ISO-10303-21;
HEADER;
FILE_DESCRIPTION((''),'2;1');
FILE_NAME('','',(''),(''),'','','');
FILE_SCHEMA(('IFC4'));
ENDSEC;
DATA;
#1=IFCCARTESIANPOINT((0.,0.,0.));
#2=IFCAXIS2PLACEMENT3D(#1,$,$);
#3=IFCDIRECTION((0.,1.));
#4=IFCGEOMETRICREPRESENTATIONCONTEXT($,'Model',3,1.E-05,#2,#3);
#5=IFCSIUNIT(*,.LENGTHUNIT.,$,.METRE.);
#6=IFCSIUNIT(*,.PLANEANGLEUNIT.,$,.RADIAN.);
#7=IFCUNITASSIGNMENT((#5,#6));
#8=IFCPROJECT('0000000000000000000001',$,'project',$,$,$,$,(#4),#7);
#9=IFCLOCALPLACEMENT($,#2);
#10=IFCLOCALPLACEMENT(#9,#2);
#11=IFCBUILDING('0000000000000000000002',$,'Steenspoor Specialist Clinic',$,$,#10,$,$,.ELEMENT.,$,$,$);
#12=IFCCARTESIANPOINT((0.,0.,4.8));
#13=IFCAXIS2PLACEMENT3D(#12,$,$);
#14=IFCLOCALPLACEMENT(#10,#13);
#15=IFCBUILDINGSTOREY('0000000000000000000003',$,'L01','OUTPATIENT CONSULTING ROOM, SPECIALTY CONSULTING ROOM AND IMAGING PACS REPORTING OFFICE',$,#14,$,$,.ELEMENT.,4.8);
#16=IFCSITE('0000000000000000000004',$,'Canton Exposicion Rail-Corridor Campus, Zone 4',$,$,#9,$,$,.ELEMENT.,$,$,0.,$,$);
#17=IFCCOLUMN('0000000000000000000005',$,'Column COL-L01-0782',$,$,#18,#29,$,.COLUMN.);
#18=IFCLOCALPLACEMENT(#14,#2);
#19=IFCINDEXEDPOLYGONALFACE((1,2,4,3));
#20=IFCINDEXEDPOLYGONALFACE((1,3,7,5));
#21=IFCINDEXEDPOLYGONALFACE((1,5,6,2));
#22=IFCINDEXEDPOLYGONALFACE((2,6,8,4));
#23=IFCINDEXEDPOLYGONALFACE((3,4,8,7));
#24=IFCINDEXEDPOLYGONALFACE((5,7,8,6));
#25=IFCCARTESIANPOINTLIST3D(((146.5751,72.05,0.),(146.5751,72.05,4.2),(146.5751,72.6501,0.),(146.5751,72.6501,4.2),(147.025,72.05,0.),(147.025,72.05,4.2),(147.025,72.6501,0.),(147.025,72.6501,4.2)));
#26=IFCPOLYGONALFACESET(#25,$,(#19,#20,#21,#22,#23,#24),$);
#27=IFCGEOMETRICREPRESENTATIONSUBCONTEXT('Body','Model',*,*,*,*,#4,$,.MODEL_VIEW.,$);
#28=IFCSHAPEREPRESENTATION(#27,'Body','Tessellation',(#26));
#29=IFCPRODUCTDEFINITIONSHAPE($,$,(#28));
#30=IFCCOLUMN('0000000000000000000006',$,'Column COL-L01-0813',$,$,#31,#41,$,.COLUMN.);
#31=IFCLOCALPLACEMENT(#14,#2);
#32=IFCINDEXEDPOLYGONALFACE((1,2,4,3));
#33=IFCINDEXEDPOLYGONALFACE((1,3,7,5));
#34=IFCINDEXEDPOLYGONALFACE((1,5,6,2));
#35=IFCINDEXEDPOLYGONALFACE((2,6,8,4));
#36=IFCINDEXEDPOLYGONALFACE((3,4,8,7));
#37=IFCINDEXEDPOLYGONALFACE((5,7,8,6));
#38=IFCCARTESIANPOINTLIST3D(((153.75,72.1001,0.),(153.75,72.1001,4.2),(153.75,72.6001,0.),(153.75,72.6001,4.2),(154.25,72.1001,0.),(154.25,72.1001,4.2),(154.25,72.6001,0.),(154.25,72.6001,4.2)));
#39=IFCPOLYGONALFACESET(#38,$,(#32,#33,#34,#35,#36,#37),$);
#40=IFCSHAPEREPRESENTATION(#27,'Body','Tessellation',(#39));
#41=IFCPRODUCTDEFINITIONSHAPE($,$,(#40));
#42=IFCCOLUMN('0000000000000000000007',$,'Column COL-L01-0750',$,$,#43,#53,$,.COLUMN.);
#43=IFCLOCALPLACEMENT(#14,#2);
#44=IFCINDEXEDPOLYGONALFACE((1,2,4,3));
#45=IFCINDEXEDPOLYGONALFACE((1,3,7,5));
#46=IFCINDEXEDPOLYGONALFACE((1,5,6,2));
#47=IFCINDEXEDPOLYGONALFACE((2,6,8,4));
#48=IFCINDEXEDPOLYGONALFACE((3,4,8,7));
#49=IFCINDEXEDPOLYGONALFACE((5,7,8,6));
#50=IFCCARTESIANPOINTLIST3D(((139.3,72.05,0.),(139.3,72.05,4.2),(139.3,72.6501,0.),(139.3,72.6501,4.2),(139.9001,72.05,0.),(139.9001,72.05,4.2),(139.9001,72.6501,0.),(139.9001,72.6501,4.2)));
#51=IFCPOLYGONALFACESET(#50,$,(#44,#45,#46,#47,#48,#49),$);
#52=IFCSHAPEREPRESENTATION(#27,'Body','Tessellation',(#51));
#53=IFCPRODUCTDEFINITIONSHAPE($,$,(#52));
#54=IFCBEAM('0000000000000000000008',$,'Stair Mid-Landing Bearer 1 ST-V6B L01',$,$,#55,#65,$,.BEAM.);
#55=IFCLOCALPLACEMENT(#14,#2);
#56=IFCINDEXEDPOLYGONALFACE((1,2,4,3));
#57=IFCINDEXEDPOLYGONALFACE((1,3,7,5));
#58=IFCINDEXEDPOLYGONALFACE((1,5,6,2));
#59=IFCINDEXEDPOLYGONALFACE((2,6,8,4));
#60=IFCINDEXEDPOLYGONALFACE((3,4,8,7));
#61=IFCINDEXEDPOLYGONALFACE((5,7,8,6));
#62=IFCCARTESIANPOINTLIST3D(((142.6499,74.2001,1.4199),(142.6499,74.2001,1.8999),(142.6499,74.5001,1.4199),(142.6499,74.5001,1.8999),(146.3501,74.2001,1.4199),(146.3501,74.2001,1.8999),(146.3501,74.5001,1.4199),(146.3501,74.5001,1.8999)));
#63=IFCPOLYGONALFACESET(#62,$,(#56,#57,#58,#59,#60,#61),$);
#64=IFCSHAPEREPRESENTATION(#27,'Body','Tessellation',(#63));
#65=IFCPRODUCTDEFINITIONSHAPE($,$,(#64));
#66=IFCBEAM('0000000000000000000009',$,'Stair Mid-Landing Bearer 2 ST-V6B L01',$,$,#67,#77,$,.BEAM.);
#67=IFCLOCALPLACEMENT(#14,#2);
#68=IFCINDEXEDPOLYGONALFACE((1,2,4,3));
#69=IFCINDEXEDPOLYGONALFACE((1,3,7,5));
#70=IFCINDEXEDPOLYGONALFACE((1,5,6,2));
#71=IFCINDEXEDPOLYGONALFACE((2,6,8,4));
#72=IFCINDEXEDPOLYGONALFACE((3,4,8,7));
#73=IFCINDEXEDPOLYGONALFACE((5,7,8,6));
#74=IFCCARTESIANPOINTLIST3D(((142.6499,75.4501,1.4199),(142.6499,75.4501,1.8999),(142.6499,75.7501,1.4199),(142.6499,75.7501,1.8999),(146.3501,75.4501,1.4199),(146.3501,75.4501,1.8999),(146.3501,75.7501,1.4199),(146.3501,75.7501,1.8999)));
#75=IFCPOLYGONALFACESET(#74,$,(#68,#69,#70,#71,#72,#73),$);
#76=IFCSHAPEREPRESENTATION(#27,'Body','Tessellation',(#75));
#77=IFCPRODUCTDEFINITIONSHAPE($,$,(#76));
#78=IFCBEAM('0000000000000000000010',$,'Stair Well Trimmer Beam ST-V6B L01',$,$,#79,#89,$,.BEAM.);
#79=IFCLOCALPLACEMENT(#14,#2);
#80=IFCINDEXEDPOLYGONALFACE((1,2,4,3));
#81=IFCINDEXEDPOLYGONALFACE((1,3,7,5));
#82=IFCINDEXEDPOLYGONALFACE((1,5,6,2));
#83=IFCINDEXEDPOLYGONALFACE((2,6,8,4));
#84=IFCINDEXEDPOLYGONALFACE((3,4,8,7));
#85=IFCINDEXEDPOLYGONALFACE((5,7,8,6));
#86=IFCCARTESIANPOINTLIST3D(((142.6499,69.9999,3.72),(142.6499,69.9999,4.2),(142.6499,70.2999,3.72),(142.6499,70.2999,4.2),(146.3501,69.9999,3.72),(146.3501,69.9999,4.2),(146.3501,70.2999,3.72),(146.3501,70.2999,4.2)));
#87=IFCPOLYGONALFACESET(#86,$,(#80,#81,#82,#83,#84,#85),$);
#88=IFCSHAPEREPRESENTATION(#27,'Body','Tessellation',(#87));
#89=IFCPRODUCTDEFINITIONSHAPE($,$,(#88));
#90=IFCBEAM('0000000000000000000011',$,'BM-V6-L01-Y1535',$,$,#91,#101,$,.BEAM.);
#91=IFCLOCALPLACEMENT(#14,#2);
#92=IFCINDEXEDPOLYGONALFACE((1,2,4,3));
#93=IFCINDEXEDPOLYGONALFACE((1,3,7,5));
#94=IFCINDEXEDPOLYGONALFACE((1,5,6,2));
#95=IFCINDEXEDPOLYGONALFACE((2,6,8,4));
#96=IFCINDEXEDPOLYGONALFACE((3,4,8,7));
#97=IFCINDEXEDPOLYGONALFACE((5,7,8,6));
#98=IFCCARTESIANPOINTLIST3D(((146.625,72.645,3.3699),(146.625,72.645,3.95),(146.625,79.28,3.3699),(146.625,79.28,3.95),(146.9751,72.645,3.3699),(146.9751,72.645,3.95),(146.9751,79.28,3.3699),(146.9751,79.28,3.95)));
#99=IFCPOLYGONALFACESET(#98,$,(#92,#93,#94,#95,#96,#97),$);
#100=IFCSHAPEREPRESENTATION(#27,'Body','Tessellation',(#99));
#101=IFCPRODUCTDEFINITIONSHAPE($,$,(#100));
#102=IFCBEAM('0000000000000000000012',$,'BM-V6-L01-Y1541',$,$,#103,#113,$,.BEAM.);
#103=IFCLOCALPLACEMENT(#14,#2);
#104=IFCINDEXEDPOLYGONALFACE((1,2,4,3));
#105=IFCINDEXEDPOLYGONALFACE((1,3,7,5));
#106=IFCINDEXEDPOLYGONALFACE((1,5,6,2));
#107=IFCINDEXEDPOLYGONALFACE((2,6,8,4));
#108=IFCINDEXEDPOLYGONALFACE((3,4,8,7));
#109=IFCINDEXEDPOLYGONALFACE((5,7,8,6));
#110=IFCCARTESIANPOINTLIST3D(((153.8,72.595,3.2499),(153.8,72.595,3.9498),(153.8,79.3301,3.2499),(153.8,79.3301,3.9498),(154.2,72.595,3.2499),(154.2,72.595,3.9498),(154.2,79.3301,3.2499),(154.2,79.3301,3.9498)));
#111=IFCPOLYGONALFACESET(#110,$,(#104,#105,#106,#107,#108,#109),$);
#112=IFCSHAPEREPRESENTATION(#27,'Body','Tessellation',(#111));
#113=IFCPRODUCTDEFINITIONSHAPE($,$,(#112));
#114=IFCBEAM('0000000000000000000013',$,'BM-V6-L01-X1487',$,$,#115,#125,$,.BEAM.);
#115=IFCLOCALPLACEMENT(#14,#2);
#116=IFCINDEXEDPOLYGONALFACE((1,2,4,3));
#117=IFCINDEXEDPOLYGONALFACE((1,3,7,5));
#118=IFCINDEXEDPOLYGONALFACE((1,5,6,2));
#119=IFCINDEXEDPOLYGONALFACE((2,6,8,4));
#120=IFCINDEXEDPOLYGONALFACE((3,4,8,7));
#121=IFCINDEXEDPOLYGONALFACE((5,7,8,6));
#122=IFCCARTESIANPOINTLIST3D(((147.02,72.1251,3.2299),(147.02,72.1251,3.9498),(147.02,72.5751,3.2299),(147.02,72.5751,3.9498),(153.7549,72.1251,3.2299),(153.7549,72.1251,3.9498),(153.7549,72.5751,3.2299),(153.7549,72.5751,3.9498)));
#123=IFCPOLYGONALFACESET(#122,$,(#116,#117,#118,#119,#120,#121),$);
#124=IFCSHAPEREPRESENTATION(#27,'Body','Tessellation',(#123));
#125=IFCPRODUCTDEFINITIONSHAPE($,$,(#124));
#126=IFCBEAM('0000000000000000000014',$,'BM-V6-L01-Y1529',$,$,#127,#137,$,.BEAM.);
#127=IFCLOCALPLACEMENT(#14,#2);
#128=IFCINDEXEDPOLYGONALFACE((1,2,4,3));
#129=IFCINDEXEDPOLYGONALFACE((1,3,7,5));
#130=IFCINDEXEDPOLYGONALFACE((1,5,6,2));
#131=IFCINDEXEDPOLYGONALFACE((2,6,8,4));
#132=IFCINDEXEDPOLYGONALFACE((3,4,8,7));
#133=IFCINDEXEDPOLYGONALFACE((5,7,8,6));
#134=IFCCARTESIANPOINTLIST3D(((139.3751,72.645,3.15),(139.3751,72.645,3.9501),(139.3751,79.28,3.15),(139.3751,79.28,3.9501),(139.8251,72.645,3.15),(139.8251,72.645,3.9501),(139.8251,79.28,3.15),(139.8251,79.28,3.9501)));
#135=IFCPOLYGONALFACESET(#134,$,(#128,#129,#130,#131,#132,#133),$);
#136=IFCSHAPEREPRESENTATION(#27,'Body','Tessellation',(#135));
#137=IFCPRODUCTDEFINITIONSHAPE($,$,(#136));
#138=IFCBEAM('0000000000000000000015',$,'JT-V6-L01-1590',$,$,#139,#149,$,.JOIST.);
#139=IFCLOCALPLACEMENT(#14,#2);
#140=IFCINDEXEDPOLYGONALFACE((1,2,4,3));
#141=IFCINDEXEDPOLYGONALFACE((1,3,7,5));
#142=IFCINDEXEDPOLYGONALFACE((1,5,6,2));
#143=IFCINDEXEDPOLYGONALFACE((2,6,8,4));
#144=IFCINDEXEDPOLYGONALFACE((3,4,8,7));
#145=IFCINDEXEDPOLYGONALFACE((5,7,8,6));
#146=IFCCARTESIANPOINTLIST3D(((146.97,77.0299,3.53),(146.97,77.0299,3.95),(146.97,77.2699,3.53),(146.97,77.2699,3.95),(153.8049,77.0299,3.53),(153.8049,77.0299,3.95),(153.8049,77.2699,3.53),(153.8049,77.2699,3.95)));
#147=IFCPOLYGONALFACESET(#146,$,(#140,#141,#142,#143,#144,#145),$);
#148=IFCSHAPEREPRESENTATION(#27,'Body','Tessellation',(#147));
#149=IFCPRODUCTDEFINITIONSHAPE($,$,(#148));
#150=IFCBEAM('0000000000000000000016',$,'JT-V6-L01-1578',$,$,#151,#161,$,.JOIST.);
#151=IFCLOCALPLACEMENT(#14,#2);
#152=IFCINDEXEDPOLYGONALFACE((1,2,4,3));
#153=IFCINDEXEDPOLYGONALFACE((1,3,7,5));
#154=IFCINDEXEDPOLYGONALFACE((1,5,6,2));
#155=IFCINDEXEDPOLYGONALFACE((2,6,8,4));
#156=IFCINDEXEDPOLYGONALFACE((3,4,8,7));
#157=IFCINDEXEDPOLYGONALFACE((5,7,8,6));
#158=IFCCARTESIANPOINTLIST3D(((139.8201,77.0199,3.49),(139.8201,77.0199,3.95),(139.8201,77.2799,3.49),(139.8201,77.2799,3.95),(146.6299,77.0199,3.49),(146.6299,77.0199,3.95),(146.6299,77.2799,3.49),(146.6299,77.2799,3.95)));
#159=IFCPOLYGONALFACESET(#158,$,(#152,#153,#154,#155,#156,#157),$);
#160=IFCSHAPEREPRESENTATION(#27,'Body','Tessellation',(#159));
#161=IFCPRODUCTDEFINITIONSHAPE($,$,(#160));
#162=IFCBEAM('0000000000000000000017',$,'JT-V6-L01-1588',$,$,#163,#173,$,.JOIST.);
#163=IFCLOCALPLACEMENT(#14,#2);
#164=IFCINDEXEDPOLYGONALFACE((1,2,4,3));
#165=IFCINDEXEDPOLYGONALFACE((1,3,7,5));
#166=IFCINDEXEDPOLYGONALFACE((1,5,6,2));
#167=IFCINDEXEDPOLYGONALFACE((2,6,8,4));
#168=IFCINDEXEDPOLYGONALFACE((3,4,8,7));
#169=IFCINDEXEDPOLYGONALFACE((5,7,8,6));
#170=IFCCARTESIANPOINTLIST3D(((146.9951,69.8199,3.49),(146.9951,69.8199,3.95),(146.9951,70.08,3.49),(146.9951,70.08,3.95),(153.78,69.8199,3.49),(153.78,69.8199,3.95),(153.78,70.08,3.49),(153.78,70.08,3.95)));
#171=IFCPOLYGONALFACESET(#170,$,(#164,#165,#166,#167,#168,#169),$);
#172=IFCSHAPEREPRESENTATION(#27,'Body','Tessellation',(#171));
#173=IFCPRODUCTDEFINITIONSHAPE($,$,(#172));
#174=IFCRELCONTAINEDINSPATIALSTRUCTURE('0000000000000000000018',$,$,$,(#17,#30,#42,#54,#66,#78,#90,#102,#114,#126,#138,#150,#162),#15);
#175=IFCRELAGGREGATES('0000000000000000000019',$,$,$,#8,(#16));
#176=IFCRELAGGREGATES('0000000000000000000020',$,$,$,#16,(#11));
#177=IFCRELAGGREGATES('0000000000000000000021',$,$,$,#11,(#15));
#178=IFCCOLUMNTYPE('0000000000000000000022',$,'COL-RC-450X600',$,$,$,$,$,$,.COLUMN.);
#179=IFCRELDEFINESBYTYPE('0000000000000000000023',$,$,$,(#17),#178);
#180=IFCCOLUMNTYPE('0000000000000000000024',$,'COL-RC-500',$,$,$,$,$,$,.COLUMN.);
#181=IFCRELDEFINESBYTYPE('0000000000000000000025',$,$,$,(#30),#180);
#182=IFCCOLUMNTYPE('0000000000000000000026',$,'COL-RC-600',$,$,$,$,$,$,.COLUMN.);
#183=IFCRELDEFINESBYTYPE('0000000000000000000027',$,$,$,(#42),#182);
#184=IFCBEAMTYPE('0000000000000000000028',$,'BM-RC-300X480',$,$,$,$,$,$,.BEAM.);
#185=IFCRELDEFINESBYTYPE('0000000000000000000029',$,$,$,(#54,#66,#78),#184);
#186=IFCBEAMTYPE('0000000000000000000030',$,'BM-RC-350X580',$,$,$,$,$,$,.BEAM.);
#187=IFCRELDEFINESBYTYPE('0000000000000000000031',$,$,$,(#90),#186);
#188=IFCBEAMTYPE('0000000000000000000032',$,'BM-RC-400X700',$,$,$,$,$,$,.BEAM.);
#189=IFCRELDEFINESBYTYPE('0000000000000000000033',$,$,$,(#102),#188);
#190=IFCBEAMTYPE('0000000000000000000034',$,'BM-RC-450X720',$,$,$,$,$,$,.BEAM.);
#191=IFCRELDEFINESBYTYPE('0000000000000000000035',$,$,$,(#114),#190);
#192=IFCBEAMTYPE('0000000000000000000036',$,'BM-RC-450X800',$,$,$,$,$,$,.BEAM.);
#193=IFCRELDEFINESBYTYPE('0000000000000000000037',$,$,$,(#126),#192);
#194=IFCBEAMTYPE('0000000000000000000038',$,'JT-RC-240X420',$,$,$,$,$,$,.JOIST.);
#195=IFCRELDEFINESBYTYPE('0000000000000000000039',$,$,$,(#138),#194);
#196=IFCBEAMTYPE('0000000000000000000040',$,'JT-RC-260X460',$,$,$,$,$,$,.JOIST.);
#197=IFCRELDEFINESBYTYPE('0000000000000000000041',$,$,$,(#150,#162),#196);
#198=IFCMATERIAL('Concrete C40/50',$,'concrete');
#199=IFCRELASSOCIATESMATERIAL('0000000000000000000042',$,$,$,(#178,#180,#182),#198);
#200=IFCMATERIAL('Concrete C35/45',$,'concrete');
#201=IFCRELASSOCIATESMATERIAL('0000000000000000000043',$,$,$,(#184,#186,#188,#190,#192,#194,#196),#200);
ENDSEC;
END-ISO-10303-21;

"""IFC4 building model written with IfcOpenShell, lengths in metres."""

from ifc_helpers import new_model, si_unit, direction, frame, origin, origin_2d, place, context, subcontext, project, spatial, rectangle, extrude, material, material_profile, profile_set, type_object, element, save


model = new_model("IFC4")

# Units and contexts
model_context = context("Model", 3, precision=1e-05, world=origin(), true_north=direction((0.0, 1.0)))
body_context = subcontext(model_context, "Body", "Model", "MODEL_VIEW")
ifc_project = project(units=[si_unit("LENGTHUNIT", "METRE"), si_unit("PLANEANGLEUNIT", "RADIAN")], contexts=[model_context])

# Site, building, storey
site_placement = place(None, origin())
site = spatial("IfcSite", under=ifc_project, at=site_placement, Name="Canton Exposicion Rail-Corridor Campus, Zone 4", CompositionType="ELEMENT", RefElevation=0.0)
building_placement = place(site_placement, origin())
building = spatial("IfcBuilding", under=site, at=building_placement, Name="Steenspoor Specialist Clinic", CompositionType="ELEMENT")
storey_placement = place(building_placement, frame((0.0, 0.0, 4.8)))
storey = spatial("IfcBuildingStorey", under=building, at=storey_placement, Name="L01", Description="OUTPATIENT CONSULTING ROOM, SPECIALTY CONSULTING ROOM AND IMAGING PACS REPORTING OFFICE", CompositionType="ELEMENT", Elevation=4.8)

# Columns
ifc_material_1 = material(Name="Concrete C40/50", Category="concrete")
ifc_material_profile_1 = material_profile(ifc_material_1, rectangle(XDim=0.45, YDim=0.6001, at=origin_2d()), Name="RC-COL-450X600")
ifc_profile_set_1 = profile_set([ifc_material_profile_1], Name="Concrete C40/50")
column_type_1 = type_object("IfcColumnType", Name="COL-RC-450X600", PredefinedType="COLUMN", material=ifc_profile_set_1)
column_1_placement = place(storey_placement, frame((146.8, 72.3501, 0.0), z_axis=(0.0, 0.0, 1.0), x_axis=(1.0, 0.0, 0.0)))
element("IfcColumn", 1, at=column_1_placement, inside=storey, type_object=column_type_1, Name="Column COL-L01-0782", PredefinedType="COLUMN", context=body_context, shape_type="SweptSolid", body=[
    extrude(rectangle(XDim=0.45, YDim=0.6001, at=origin_2d()), origin(), (0.0, 0.0, 1.0), 4.2),
])
ifc_material_profile_2 = material_profile(ifc_material_1, rectangle(XDim=0.5, YDim=0.5, at=origin_2d()), Name="RC-COL-500X500")
ifc_profile_set_2 = profile_set([ifc_material_profile_2], Name="Concrete C40/50")
column_type_2 = type_object("IfcColumnType", Name="COL-RC-500", PredefinedType="COLUMN", material=ifc_profile_set_2)
column_2_placement = place(storey_placement, frame((154.0, 72.3501, 0.0), z_axis=(0.0, 0.0, 1.0), x_axis=(1.0, 0.0, 0.0)))
element("IfcColumn", 2, at=column_2_placement, inside=storey, type_object=column_type_2, Name="Column COL-L01-0813", PredefinedType="COLUMN", context=body_context, shape_type="SweptSolid", body=[
    extrude(rectangle(XDim=0.5, YDim=0.5, at=origin_2d()), origin(), (0.0, 0.0, 1.0), 4.2),
])
ifc_material_profile_3 = material_profile(ifc_material_1, rectangle(XDim=0.6001, YDim=0.6001, at=origin_2d()), Name="RC-COL-600X600")
ifc_profile_set_3 = profile_set([ifc_material_profile_3], Name="Concrete C40/50")
column_type_3 = type_object("IfcColumnType", Name="COL-RC-600", PredefinedType="COLUMN", material=ifc_profile_set_3)
column_3_placement = place(storey_placement, frame((139.6001, 72.3501, 0.0), z_axis=(0.0, 0.0, 1.0), x_axis=(1.0, 0.0, 0.0)))
element("IfcColumn", 3, at=column_3_placement, inside=storey, type_object=column_type_3, Name="Column COL-L01-0750", PredefinedType="COLUMN", context=body_context, shape_type="SweptSolid", body=[
    extrude(rectangle(XDim=0.6001, YDim=0.6001, at=origin_2d()), origin(), (0.0, 0.0, 1.0), 4.2),
])

# Beams
ifc_material_2 = material(Name="Concrete C35/45", Category="concrete")
ifc_material_profile_4 = material_profile(ifc_material_2, rectangle(XDim=0.3, YDim=0.48, at=origin_2d()), Name="RC-BM-300X480")
ifc_profile_set_4 = profile_set([ifc_material_profile_4], Name="Concrete C35/45")
beam_type_1 = type_object("IfcBeamType", Name="BM-RC-300X480", PredefinedType="BEAM", material=ifc_profile_set_4)
for number, where, z_axis, x_axis, name in (
    (4, (142.6499, 74.3501, 1.6599), (1.0, 0.0, 0.0), (0.0, 1.0, 0.0), "Stair Mid-Landing Bearer 1 ST-V6B L01"),
    (5, (142.6499, 75.6001, 1.6599), (1.0, 0.0, 0.0), (0.0, 1.0, 0.0), "Stair Mid-Landing Bearer 2 ST-V6B L01"),
    (6, (142.6499, 70.1499, 3.96), (1.0, 0.0, 0.0), (0.0, 1.0, 0.0), "Stair Well Trimmer Beam ST-V6B L01"),
):
    element("IfcBeam", number, at=place(storey_placement, frame(where, z_axis=z_axis, x_axis=x_axis)), inside=storey, type_object=beam_type_1, Name=name, PredefinedType="BEAM", context=body_context, shape_type="SweptSolid", body=[
        extrude(rectangle(XDim=0.3, YDim=0.48, at=origin_2d()), origin(), (0.0, 0.0, 1.0), 3.7002),
    ])
ifc_material_profile_5 = material_profile(ifc_material_2, rectangle(XDim=0.3501, YDim=0.5801, at=origin_2d()), Name="RC-BM-350X580")
ifc_profile_set_5 = profile_set([ifc_material_profile_5], Name="Concrete C35/45")
beam_type_2 = type_object("IfcBeamType", Name="BM-RC-350X580", PredefinedType="BEAM", material=ifc_profile_set_5)
beam_1_placement = place(storey_placement, frame((146.8, 72.645, 3.6599), z_axis=(0.0, 1.0, 0.0), x_axis=(-1.0, 0.0, 0.0)))
element("IfcBeam", 7, at=beam_1_placement, inside=storey, type_object=beam_type_2, Name="BM-V6-L01-Y1535", PredefinedType="BEAM", context=body_context, shape_type="SweptSolid", body=[
    extrude(rectangle(XDim=0.3501, YDim=0.5801, at=origin_2d()), origin(), (0.0, 0.0, 1.0), 6.635),
])
ifc_material_profile_6 = material_profile(ifc_material_2, rectangle(XDim=0.3999, YDim=0.7, at=origin_2d()), Name="RC-BM-400X700")
ifc_profile_set_6 = profile_set([ifc_material_profile_6], Name="Concrete C35/45")
beam_type_3 = type_object("IfcBeamType", Name="BM-RC-400X700", PredefinedType="BEAM", material=ifc_profile_set_6)
beam_2_placement = place(storey_placement, frame((154.0, 72.595, 3.5999), z_axis=(0.0, 1.0, 0.0), x_axis=(-1.0, 0.0, 0.0)))
element("IfcBeam", 8, at=beam_2_placement, inside=storey, type_object=beam_type_3, Name="BM-V6-L01-Y1541", PredefinedType="BEAM", context=body_context, shape_type="SweptSolid", body=[
    extrude(rectangle(XDim=0.3999, YDim=0.7, at=origin_2d()), origin(), (0.0, 0.0, 1.0), 6.7351),
])
ifc_material_profile_7 = material_profile(ifc_material_2, rectangle(XDim=0.45, YDim=0.72, at=origin_2d()), Name="RC-BM-450X720")
ifc_profile_set_7 = profile_set([ifc_material_profile_7], Name="Concrete C35/45")
beam_type_4 = type_object("IfcBeamType", Name="BM-RC-450X720", PredefinedType="BEAM", material=ifc_profile_set_7)
beam_3_placement = place(storey_placement, frame((147.02, 72.3501, 3.5898), z_axis=(1.0, 0.0, 0.0), x_axis=(0.0, 1.0, 0.0)))
element("IfcBeam", 9, at=beam_3_placement, inside=storey, type_object=beam_type_4, Name="BM-V6-L01-X1487", PredefinedType="BEAM", context=body_context, shape_type="SweptSolid", body=[
    extrude(rectangle(XDim=0.45, YDim=0.72, at=origin_2d()), origin(), (0.0, 0.0, 1.0), 6.7349),
])
ifc_material_profile_8 = material_profile(ifc_material_2, rectangle(XDim=0.45, YDim=0.8, at=origin_2d()), Name="RC-BM-450X800")
ifc_profile_set_8 = profile_set([ifc_material_profile_8], Name="Concrete C35/45")
beam_type_5 = type_object("IfcBeamType", Name="BM-RC-450X800", PredefinedType="BEAM", material=ifc_profile_set_8)
beam_4_placement = place(storey_placement, frame((139.6001, 72.645, 3.55), z_axis=(0.0, 1.0, 0.0), x_axis=(-1.0, 0.0, 0.0)))
element("IfcBeam", 10, at=beam_4_placement, inside=storey, type_object=beam_type_5, Name="BM-V6-L01-Y1529", PredefinedType="BEAM", context=body_context, shape_type="SweptSolid", body=[
    extrude(rectangle(XDim=0.45, YDim=0.8, at=origin_2d()), origin(), (0.0, 0.0, 1.0), 6.635),
])
ifc_material_profile_9 = material_profile(ifc_material_2, rectangle(XDim=0.24, YDim=0.4199, at=origin_2d()), Name="RC-JT-240X420")
ifc_profile_set_9 = profile_set([ifc_material_profile_9], Name="Concrete C35/45")
beam_type_6 = type_object("IfcBeamType", Name="JT-RC-240X420", PredefinedType="JOIST", material=ifc_profile_set_9)
beam_5_placement = place(storey_placement, frame((146.97, 77.1499, 3.74), z_axis=(1.0, 0.0, 0.0), x_axis=(0.0, 1.0, 0.0)))
element("IfcBeam", 11, at=beam_5_placement, inside=storey, type_object=beam_type_6, Name="JT-V6-L01-1590", PredefinedType="JOIST", context=body_context, shape_type="SweptSolid", body=[
    extrude(rectangle(XDim=0.24, YDim=0.4199, at=origin_2d()), origin(), (0.0, 0.0, 1.0), 6.835),
])
ifc_material_profile_10 = material_profile(ifc_material_2, rectangle(XDim=0.26, YDim=0.46, at=origin_2d()), Name="RC-JT-260X460")
ifc_profile_set_10 = profile_set([ifc_material_profile_10], Name="Concrete C35/45")
beam_type_7 = type_object("IfcBeamType", Name="JT-RC-260X460", PredefinedType="JOIST", material=ifc_profile_set_10)
beam_6_placement = place(storey_placement, frame((139.8201, 77.1499, 3.72), z_axis=(1.0, 0.0, 0.0), x_axis=(0.0, 1.0, 0.0)))
element("IfcBeam", 12, at=beam_6_placement, inside=storey, type_object=beam_type_7, Name="JT-V6-L01-1578", PredefinedType="JOIST", context=body_context, shape_type="SweptSolid", body=[
    extrude(rectangle(XDim=0.26, YDim=0.46, at=origin_2d()), origin(), (0.0, 0.0, 1.0), 6.8098),
])
beam_7_placement = place(storey_placement, frame((146.9951, 69.95, 3.72), z_axis=(1.0, 0.0, 0.0), x_axis=(0.0, 1.0, 0.0)))
element("IfcBeam", 13, at=beam_7_placement, inside=storey, type_object=beam_type_7, Name="JT-V6-L01-1588", PredefinedType="JOIST", context=body_context, shape_type="SweptSolid", body=[
    extrude(rectangle(XDim=0.26, YDim=0.46, at=origin_2d()), origin(), (0.0, 0.0, 1.0), 6.7849),
])

save(model, "model.ifc")
